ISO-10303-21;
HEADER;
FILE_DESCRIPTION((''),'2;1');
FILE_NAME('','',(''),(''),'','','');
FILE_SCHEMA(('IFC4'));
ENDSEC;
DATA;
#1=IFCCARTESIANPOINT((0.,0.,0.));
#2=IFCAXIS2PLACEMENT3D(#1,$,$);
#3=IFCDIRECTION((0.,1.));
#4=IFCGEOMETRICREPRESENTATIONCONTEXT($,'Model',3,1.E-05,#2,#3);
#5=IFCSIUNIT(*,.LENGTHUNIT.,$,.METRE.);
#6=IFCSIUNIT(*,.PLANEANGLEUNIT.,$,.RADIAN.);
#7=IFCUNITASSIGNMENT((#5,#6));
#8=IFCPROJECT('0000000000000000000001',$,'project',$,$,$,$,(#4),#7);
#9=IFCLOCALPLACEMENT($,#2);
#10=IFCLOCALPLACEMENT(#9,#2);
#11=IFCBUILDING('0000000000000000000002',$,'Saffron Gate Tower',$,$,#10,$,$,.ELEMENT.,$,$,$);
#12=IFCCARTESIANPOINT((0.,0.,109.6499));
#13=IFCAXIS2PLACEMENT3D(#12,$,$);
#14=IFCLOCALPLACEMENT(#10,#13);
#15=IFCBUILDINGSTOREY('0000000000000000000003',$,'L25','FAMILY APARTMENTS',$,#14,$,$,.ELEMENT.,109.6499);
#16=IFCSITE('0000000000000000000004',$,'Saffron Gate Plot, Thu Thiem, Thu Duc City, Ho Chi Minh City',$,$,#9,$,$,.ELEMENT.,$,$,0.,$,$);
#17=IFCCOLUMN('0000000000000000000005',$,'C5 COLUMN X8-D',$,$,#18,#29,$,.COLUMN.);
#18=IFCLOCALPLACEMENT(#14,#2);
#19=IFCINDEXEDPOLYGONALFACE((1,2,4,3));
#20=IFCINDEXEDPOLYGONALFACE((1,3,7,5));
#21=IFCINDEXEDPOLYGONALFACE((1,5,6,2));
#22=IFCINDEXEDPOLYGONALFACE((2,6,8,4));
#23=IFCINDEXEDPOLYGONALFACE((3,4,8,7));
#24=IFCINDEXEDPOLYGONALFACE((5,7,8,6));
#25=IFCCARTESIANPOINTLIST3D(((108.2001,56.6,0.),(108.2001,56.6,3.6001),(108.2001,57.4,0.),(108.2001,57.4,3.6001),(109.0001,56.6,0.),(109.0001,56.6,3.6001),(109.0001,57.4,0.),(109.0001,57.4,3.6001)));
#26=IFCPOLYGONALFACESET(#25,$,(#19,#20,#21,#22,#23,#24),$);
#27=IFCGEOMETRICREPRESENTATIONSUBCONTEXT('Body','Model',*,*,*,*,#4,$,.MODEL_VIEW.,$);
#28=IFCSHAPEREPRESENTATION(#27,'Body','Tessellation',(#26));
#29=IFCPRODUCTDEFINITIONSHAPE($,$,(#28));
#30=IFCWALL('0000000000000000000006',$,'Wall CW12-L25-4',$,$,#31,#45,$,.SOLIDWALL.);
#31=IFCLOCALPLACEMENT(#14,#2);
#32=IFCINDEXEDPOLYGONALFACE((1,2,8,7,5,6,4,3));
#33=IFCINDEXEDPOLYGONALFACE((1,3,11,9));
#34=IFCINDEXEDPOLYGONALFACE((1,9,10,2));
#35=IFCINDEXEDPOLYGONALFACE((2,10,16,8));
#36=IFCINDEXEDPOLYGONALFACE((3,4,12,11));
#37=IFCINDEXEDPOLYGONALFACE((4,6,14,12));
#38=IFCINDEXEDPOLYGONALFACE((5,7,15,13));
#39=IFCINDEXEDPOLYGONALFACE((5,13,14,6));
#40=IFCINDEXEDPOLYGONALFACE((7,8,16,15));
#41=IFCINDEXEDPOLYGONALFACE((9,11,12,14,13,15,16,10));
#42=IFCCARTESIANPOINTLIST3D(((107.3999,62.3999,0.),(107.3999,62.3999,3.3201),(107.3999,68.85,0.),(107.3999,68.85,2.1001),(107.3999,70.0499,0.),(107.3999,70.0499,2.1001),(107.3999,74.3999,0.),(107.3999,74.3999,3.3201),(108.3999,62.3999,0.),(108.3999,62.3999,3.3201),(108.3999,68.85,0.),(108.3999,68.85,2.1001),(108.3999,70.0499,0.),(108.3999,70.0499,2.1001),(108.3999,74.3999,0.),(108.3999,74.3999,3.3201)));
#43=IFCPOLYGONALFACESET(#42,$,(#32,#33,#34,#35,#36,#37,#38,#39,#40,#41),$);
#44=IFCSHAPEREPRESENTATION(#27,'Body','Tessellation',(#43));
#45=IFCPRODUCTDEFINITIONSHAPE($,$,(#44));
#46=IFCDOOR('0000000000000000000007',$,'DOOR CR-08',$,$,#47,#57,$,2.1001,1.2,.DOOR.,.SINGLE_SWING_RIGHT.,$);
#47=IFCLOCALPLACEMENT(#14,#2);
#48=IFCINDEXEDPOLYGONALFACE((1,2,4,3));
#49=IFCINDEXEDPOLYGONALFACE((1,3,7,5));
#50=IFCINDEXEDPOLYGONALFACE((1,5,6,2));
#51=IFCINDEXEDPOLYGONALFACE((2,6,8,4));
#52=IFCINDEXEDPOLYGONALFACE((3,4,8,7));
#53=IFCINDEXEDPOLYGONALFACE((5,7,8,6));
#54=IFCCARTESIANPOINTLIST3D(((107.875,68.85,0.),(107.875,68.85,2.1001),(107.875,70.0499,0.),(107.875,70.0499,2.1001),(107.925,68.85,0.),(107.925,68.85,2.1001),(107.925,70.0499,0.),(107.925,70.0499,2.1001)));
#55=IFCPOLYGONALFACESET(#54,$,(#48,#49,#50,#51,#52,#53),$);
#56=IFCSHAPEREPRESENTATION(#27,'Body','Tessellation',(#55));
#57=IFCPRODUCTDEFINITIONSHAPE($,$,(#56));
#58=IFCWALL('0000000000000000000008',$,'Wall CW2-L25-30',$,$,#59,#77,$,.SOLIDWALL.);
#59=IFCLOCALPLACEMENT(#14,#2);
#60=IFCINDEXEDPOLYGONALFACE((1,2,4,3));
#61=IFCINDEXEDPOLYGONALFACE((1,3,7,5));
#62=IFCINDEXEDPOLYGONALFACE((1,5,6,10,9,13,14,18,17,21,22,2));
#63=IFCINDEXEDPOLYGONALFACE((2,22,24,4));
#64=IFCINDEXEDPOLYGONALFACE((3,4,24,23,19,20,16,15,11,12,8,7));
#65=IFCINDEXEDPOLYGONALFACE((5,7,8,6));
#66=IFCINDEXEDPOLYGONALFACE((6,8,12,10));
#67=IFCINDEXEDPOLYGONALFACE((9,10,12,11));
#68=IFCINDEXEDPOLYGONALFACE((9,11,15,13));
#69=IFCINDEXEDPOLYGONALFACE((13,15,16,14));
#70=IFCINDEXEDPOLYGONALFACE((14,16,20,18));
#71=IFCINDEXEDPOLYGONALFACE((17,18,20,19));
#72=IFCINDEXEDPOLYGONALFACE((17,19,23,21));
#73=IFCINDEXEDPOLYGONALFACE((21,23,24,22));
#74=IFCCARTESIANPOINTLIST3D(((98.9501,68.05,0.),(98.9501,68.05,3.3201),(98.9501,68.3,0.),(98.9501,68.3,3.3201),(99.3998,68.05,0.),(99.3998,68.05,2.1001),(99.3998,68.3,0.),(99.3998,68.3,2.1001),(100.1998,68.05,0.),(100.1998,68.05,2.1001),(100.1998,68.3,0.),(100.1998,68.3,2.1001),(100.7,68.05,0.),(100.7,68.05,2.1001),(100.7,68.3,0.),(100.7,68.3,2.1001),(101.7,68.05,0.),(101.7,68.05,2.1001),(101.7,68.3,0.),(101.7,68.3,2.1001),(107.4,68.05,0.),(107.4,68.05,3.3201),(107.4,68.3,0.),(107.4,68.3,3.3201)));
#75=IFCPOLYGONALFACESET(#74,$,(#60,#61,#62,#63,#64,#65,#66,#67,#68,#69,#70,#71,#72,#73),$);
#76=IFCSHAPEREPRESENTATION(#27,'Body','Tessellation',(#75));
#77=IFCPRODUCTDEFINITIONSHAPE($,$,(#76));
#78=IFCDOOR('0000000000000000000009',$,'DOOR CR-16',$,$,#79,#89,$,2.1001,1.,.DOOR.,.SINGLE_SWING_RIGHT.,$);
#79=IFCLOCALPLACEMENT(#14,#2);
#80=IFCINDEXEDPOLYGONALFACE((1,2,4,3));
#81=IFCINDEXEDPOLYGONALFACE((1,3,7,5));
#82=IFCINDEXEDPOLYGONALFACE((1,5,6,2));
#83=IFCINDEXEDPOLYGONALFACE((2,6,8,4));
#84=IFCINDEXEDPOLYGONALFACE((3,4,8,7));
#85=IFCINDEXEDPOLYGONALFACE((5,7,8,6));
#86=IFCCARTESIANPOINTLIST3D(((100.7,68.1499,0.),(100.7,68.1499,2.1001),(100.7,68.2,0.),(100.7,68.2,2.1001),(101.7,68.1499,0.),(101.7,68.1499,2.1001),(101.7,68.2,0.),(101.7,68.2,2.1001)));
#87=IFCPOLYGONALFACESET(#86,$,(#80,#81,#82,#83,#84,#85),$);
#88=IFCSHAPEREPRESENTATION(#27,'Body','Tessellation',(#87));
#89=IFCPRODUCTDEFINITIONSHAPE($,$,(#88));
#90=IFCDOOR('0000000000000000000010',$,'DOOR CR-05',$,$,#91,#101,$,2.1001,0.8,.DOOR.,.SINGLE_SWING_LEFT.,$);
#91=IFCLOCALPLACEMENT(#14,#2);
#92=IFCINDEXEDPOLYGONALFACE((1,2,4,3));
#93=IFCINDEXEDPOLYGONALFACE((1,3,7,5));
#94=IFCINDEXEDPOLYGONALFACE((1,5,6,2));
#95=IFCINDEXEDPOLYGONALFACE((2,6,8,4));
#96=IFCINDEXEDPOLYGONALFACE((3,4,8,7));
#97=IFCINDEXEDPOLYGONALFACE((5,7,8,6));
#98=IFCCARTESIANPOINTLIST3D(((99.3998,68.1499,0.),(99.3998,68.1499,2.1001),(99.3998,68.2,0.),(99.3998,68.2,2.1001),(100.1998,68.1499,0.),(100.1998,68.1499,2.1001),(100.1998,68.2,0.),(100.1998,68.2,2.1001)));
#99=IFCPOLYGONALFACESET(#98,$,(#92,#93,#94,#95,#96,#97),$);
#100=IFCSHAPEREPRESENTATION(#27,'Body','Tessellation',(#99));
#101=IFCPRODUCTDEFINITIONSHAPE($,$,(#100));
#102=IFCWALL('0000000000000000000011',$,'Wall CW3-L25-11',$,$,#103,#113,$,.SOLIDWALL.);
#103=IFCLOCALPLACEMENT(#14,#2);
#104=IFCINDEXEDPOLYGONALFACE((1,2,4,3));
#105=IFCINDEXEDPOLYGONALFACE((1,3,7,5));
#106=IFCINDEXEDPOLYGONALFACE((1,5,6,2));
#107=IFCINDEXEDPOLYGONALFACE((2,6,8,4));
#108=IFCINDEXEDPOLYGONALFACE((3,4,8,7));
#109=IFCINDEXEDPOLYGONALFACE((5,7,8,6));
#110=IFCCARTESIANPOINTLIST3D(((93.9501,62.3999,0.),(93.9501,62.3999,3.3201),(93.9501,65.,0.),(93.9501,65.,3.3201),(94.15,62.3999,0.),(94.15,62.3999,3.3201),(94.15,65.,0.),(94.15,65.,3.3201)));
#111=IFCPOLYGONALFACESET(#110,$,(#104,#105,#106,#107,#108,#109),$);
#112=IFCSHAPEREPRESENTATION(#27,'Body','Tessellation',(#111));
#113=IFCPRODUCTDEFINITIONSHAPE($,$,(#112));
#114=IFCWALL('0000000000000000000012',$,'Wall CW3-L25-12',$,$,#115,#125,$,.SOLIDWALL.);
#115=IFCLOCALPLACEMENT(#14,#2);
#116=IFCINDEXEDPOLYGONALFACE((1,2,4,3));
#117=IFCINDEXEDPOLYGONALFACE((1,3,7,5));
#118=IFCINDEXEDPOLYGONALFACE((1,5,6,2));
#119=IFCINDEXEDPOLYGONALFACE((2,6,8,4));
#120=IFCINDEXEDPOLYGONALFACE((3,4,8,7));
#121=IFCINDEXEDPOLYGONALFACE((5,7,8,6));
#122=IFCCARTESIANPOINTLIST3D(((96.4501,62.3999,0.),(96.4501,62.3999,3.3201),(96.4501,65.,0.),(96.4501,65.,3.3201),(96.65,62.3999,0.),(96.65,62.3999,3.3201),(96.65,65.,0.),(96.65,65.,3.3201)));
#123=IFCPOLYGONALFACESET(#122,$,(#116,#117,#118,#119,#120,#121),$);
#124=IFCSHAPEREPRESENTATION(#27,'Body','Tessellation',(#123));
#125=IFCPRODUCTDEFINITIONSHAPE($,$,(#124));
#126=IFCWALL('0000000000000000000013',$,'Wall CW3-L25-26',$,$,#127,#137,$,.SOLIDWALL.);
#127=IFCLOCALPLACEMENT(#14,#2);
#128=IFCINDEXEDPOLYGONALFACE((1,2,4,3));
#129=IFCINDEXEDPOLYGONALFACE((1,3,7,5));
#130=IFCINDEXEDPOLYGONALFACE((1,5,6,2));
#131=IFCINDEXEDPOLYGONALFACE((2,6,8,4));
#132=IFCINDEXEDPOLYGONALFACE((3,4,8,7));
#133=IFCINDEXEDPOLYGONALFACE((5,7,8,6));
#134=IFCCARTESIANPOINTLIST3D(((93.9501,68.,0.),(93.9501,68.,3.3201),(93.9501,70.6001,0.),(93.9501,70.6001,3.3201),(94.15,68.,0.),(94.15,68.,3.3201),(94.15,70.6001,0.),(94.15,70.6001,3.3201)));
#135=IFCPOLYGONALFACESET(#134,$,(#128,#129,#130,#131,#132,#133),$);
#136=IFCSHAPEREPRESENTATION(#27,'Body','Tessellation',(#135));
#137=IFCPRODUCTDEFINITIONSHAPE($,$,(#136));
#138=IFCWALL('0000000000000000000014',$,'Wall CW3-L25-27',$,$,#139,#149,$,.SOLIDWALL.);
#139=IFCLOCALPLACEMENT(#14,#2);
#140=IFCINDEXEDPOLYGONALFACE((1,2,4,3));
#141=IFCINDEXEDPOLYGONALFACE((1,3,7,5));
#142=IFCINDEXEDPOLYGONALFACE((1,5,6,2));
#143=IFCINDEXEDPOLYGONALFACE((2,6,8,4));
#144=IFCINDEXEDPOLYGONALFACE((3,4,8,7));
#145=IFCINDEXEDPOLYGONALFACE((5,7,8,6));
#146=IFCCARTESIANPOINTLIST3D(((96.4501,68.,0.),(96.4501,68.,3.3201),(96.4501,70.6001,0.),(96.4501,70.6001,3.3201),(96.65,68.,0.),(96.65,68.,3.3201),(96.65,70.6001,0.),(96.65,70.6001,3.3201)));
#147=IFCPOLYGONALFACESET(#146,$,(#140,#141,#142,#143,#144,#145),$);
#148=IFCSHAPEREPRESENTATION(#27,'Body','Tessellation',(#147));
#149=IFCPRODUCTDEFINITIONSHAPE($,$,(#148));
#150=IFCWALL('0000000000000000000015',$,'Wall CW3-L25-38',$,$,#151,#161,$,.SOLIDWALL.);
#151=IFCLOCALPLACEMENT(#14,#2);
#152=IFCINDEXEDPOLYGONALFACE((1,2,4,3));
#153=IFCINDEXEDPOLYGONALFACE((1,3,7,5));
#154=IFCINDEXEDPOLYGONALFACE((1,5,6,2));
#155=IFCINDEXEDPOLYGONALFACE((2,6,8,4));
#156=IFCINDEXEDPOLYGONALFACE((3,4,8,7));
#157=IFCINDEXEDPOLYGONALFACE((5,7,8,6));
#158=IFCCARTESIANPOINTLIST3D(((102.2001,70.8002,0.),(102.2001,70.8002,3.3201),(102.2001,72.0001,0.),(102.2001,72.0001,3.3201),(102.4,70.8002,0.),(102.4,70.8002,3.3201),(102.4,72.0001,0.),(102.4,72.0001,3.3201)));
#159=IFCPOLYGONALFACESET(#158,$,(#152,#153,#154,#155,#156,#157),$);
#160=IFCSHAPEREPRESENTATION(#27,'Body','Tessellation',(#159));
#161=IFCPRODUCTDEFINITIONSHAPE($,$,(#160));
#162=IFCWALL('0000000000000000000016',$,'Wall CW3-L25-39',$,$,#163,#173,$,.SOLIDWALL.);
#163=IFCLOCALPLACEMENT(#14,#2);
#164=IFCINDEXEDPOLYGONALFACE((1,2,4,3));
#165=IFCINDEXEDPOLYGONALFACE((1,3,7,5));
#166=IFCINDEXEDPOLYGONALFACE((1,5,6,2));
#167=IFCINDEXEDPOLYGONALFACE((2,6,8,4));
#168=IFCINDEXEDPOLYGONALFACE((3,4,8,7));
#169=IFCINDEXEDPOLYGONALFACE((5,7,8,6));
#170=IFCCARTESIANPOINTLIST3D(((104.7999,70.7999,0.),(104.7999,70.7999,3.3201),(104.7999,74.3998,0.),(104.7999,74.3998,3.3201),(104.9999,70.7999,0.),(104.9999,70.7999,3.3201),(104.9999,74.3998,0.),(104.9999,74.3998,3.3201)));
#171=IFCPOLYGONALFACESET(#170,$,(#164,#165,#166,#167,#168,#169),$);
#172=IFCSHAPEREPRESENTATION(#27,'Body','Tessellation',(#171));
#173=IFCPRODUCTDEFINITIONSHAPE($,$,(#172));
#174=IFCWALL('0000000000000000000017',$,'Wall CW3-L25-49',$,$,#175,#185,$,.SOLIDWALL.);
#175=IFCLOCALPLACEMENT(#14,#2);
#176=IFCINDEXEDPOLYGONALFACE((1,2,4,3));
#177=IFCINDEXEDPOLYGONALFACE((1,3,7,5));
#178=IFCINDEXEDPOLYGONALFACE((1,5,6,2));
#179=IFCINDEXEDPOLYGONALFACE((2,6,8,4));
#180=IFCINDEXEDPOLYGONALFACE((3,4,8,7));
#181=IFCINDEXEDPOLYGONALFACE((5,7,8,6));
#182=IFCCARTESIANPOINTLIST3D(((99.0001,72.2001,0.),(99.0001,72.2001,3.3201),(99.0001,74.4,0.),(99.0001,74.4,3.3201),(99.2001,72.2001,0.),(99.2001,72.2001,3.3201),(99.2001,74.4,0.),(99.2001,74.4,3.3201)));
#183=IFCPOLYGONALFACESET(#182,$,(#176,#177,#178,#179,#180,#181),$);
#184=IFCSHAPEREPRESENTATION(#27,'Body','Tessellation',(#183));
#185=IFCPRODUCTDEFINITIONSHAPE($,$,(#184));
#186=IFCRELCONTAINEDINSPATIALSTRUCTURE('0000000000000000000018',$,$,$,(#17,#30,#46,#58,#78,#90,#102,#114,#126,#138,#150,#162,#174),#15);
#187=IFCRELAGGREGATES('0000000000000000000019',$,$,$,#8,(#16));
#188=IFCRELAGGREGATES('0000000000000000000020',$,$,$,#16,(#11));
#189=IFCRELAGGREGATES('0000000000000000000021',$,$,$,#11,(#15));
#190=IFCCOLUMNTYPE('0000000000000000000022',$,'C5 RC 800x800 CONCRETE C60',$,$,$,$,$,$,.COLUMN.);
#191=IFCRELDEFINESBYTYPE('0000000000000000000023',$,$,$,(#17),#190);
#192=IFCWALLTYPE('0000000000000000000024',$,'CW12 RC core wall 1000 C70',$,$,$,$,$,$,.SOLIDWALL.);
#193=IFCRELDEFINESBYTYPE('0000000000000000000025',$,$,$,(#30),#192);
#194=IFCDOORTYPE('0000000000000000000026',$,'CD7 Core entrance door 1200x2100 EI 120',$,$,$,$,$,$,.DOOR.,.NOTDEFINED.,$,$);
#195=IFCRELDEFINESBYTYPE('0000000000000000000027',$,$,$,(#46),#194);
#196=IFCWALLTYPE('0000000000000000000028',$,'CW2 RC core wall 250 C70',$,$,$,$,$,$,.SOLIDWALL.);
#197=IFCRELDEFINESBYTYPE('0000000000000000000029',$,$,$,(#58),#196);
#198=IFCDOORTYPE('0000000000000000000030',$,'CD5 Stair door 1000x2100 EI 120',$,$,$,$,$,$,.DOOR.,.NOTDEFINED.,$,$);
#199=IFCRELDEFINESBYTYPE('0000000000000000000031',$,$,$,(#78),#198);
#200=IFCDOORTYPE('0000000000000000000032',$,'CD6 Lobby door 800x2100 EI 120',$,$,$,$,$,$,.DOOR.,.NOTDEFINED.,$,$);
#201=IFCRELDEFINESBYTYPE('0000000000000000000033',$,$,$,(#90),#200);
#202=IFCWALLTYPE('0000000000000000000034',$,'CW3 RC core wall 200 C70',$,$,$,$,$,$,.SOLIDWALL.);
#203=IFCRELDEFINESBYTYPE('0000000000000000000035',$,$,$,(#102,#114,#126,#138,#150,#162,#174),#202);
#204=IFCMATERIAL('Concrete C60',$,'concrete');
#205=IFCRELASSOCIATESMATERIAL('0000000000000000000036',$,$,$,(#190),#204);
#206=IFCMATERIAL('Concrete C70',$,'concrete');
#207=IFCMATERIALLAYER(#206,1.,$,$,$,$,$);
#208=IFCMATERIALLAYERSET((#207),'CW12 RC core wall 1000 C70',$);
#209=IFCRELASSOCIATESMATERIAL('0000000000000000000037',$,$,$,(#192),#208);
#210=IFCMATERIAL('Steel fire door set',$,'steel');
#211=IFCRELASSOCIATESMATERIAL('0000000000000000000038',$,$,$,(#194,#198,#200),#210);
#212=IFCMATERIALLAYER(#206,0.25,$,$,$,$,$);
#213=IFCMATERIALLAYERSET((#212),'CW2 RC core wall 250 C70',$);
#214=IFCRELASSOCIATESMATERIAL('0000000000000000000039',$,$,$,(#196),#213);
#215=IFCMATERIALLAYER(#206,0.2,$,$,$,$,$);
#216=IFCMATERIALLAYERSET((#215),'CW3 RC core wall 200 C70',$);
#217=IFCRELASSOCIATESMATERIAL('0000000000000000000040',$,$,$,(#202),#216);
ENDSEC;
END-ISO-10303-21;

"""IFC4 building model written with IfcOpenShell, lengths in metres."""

from ifc_helpers import new_model, si_unit, direction, frame, frame_2d, origin, origin_2d, place, context, subcontext, project, spatial, rectangle, extrude, material, layer, layer_set, material_profile, profile_set, type_object, element, fill, save


model = new_model("IFC4")

# Units and contexts
model_context = context("Model", 3, precision=1e-05, world=origin(), true_north=direction((0.0, 1.0)))
body_context = subcontext(model_context, "Body", "Model", "MODEL_VIEW")
ifc_project = project(units=[si_unit("LENGTHUNIT", "METRE"), si_unit("PLANEANGLEUNIT", "RADIAN")], contexts=[model_context])

# Site, building, storey
site_placement = place(None, origin())
site = spatial("IfcSite", under=ifc_project, at=site_placement, Name="Saffron Gate Plot, Thu Thiem, Thu Duc City, Ho Chi Minh City", CompositionType="ELEMENT", RefElevation=0.0)
building_placement = place(site_placement, origin())
building = spatial("IfcBuilding", under=site, at=building_placement, Name="Saffron Gate Tower", CompositionType="ELEMENT")
storey_placement = place(building_placement, frame((0.0, 0.0, 109.6499)))
storey = spatial("IfcBuildingStorey", under=building, at=storey_placement, Name="L25", Description="FAMILY APARTMENTS", CompositionType="ELEMENT", Elevation=109.6499)

# Column
ifc_material_1 = material(Name="Concrete C60", Category="concrete")
ifc_material_profile = material_profile(ifc_material_1, rectangle(XDim=0.8, YDim=0.8, at=origin_2d()))
ifc_profile_set = profile_set([ifc_material_profile], Name="Concrete C60")
column_type = type_object("IfcColumnType", Name="C5 RC 800x800 CONCRETE C60", PredefinedType="COLUMN", material=ifc_profile_set)
column_placement = place(storey_placement, frame((108.6001, 57.0, 0.0), z_axis=(0.0, 0.0, 1.0), x_axis=(1.0, 0.0, 0.0)))
element("IfcColumn", 1, at=column_placement, inside=storey, type_object=column_type, Name="C5 COLUMN X8-D", PredefinedType="COLUMN", context=body_context, shape_type="SweptSolid", body=[
    extrude(rectangle(XDim=0.8, YDim=0.8, at=origin_2d()), origin(), (0.0, 0.0, 1.0), 3.6001),
])

# Wall, opening, door
ifc_material_2 = material(Name="Concrete C70", Category="concrete")
ifc_layer_1 = layer(ifc_material_2, 1.0)
ifc_layer_set_1 = layer_set([ifc_layer_1], Name="CW12 RC core wall 1000 C70")
wall_type_1 = type_object("IfcWallType", Name="CW12 RC core wall 1000 C70", PredefinedType="SOLIDWALL", material=ifc_layer_set_1)
wall_1_placement = place(storey_placement, frame((107.8999, 62.3999, 0.0), z_axis=(0.0, 0.0, 1.0), x_axis=(0.0, 1.0, 0.0)))
wall_1 = element("IfcWall", 2, at=wall_1_placement, inside=storey, type_object=wall_type_1, Name="Wall CW12-L25-4", PredefinedType="SOLIDWALL", context=body_context, shape_type="SweptSolid", body=[
    extrude(rectangle(XDim=12.0, YDim=1.0, at=frame_2d((6.0, 0.0))), origin(), (0.0, 0.0, 1.0), 3.3201),
])
opening_1_placement = place(wall_1_placement, frame((6.45, 0.0, 0.0)))
opening_1 = element("IfcOpeningElement", 3, at=opening_1_placement, cuts=wall_1, PredefinedType="OPENING", context=body_context, shape_type="SweptSolid", body=[
    extrude(rectangle(XDim=1.2, YDim=2.1001, at=frame_2d((0.6001, 1.05))), frame((0.0, 0.51, 0.0), z_axis=(0.0, -1.0, 0.0), x_axis=(1.0, 0.0, 0.0)), (0.0, 0.0, 1.0), 1.02),
])
ifc_material_3 = material(Name="Steel fire door set", Category="steel")
door_type_1 = type_object("IfcDoorType", Name="CD7 Core entrance door 1200x2100 EI 120", OperationType="NOTDEFINED", PredefinedType="DOOR", material=ifc_material_3)
door_1_placement = place(opening_1_placement, origin())
door_1 = element("IfcDoor", 4, at=door_1_placement, inside=storey, type_object=door_type_1, Name="DOOR CR-08", OperationType="SINGLE_SWING_RIGHT", OverallHeight=2.1001, OverallWidth=1.2, PredefinedType="DOOR", context=body_context, shape_type="SweptSolid", body=[
    extrude(rectangle(XDim=1.2, YDim=2.1001, at=frame_2d((0.6001, 1.05))), frame((0.0, 0.0249, 0.0), z_axis=(0.0, -1.0, 0.0), x_axis=(1.0, 0.0, 0.0)), (0.0, 0.0, 1.0), 0.05),
])
fill(opening_1, door_1)

# Wall, openings, doors
ifc_layer_2 = layer(ifc_material_2, 0.25)
ifc_layer_set_2 = layer_set([ifc_layer_2], Name="CW2 RC core wall 250 C70")
wall_type_2 = type_object("IfcWallType", Name="CW2 RC core wall 250 C70", PredefinedType="SOLIDWALL", material=ifc_layer_set_2)
wall_2_placement = place(storey_placement, frame((98.95, 68.175, 0.0), z_axis=(0.0, 0.0, 1.0), x_axis=(1.0, 0.0, 0.0)))
wall_2 = element("IfcWall", 5, at=wall_2_placement, inside=storey, type_object=wall_type_2, Name="Wall CW2-L25-30", PredefinedType="SOLIDWALL", context=body_context, shape_type="SweptSolid", body=[
    extrude(rectangle(XDim=8.45, YDim=0.25, at=frame_2d((4.2251, 0.0))), origin(), (0.0, 0.0, 1.0), 3.3201),
])
opening_2_placement = place(wall_2_placement, frame((0.45, 0.0, 0.0)))
opening_2 = element("IfcOpeningElement", 6, at=opening_2_placement, cuts=wall_2, PredefinedType="OPENING", context=body_context, shape_type="SweptSolid", body=[
    extrude(rectangle(XDim=0.8, YDim=2.1001, at=frame_2d((0.3999, 1.05))), frame((0.0, 0.135, 0.0), z_axis=(0.0, -1.0, 0.0), x_axis=(1.0, 0.0, 0.0)), (0.0, 0.0, 1.0), 0.27),
])
opening_3_placement = place(wall_2_placement, frame((1.75, 0.0, 0.0)))
opening_3 = element("IfcOpeningElement", 7, at=opening_3_placement, cuts=wall_2, PredefinedType="OPENING", context=body_context, shape_type="SweptSolid", body=[
    extrude(rectangle(XDim=1.0, YDim=2.1001, at=frame_2d((0.5, 1.05))), frame((0.0, 0.135, 0.0), z_axis=(0.0, -1.0, 0.0), x_axis=(1.0, 0.0, 0.0)), (0.0, 0.0, 1.0), 0.27),
])
door_type_2 = type_object("IfcDoorType", Name="CD5 Stair door 1000x2100 EI 120", OperationType="NOTDEFINED", PredefinedType="DOOR", material=ifc_material_3)
door_2_placement = place(opening_3_placement, origin())
door_2 = element("IfcDoor", 8, at=door_2_placement, inside=storey, type_object=door_type_2, Name="DOOR CR-16", OperationType="SINGLE_SWING_RIGHT", OverallHeight=2.1001, OverallWidth=1.0, PredefinedType="DOOR", context=body_context, shape_type="SweptSolid", body=[
    extrude(rectangle(XDim=1.0, YDim=2.1001, at=frame_2d((0.5, 1.05))), frame((0.0, 0.0249, 0.0), z_axis=(0.0, -1.0, 0.0), x_axis=(1.0, 0.0, 0.0)), (0.0, 0.0, 1.0), 0.05),
])
fill(opening_3, door_2)
door_type_3 = type_object("IfcDoorType", Name="CD6 Lobby door 800x2100 EI 120", OperationType="NOTDEFINED", PredefinedType="DOOR", material=ifc_material_3)
door_3_placement = place(opening_2_placement, origin())
door_3 = element("IfcDoor", 9, at=door_3_placement, inside=storey, type_object=door_type_3, Name="DOOR CR-05", OperationType="SINGLE_SWING_LEFT", OverallHeight=2.1001, OverallWidth=0.8, PredefinedType="DOOR", context=body_context, shape_type="SweptSolid", body=[
    extrude(rectangle(XDim=0.8, YDim=2.1001, at=frame_2d((0.3999, 1.05))), frame((0.0, 0.0249, 0.0), z_axis=(0.0, -1.0, 0.0), x_axis=(1.0, 0.0, 0.0)), (0.0, 0.0, 1.0), 0.05),
])
fill(opening_2, door_3)

# Walls
ifc_layer_3 = layer(ifc_material_2, 0.2)
ifc_layer_set_3 = layer_set([ifc_layer_3], Name="CW3 RC core wall 200 C70")
wall_type_3 = type_object("IfcWallType", Name="CW3 RC core wall 200 C70", PredefinedType="SOLIDWALL", material=ifc_layer_set_3)
for number, where, z_axis, x_axis, name in (
    (10, (94.05, 62.3999, 0.0), (0.0, 0.0, 1.0), (0.0, 1.0, 0.0), "Wall CW3-L25-11"),
    (11, (96.55, 62.3999, 0.0), (0.0, 0.0, 1.0), (0.0, 1.0, 0.0), "Wall CW3-L25-12"),
    (12, (94.05, 68.0, 0.0), (0.0, 0.0, 1.0), (0.0, 1.0, 0.0), "Wall CW3-L25-26"),
    (13, (96.55, 68.0, 0.0), (0.0, 0.0, 1.0), (0.0, 1.0, 0.0), "Wall CW3-L25-27"),
):
    element("IfcWall", number, at=place(storey_placement, frame(where, z_axis=z_axis, x_axis=x_axis)), inside=storey, type_object=wall_type_3, Name=name, PredefinedType="SOLIDWALL", context=body_context, shape_type="SweptSolid", body=[
        extrude(rectangle(XDim=2.6001, YDim=0.2, at=frame_2d((1.3, 0.0))), origin(), (0.0, 0.0, 1.0), 3.3201),
    ])
wall_3_placement = place(storey_placement, frame((102.3, 70.8, 0.0), z_axis=(0.0, 0.0, 1.0), x_axis=(0.0, 1.0, 0.0)))
element("IfcWall", 14, at=wall_3_placement, inside=storey, type_object=wall_type_3, Name="Wall CW3-L25-38", PredefinedType="SOLIDWALL", context=body_context, shape_type="SweptSolid", body=[
    extrude(rectangle(XDim=1.2, YDim=0.2, at=frame_2d((0.6001, 0.0))), origin(), (0.0, 0.0, 1.0), 3.3201),
])
wall_4_placement = place(storey_placement, frame((104.8999, 70.8, 0.0), z_axis=(0.0, 0.0, 1.0), x_axis=(0.0, 1.0, 0.0)))
element("IfcWall", 15, at=wall_4_placement, inside=storey, type_object=wall_type_3, Name="Wall CW3-L25-39", PredefinedType="SOLIDWALL", context=body_context, shape_type="SweptSolid", body=[
    extrude(rectangle(XDim=3.5999, YDim=0.2, at=frame_2d((1.7998, 0.0))), origin(), (0.0, 0.0, 1.0), 3.3201),
])
for number, where, z_axis, x_axis, name in (
    (16, (99.1001, 72.2, 0.0), (0.0, 0.0, 1.0), (0.0, 1.0, 0.0), "Wall CW3-L25-49"),
):
    element("IfcWall", number, at=place(storey_placement, frame(where, z_axis=z_axis, x_axis=x_axis)), inside=storey, type_object=wall_type_3, Name=name, PredefinedType="SOLIDWALL", context=body_context, shape_type="SweptSolid", body=[
        extrude(rectangle(XDim=2.2, YDim=0.2, at=frame_2d((1.1001, 0.0))), origin(), (0.0, 0.0, 1.0), 3.3201),
    ])

save(model, "model.ifc")
